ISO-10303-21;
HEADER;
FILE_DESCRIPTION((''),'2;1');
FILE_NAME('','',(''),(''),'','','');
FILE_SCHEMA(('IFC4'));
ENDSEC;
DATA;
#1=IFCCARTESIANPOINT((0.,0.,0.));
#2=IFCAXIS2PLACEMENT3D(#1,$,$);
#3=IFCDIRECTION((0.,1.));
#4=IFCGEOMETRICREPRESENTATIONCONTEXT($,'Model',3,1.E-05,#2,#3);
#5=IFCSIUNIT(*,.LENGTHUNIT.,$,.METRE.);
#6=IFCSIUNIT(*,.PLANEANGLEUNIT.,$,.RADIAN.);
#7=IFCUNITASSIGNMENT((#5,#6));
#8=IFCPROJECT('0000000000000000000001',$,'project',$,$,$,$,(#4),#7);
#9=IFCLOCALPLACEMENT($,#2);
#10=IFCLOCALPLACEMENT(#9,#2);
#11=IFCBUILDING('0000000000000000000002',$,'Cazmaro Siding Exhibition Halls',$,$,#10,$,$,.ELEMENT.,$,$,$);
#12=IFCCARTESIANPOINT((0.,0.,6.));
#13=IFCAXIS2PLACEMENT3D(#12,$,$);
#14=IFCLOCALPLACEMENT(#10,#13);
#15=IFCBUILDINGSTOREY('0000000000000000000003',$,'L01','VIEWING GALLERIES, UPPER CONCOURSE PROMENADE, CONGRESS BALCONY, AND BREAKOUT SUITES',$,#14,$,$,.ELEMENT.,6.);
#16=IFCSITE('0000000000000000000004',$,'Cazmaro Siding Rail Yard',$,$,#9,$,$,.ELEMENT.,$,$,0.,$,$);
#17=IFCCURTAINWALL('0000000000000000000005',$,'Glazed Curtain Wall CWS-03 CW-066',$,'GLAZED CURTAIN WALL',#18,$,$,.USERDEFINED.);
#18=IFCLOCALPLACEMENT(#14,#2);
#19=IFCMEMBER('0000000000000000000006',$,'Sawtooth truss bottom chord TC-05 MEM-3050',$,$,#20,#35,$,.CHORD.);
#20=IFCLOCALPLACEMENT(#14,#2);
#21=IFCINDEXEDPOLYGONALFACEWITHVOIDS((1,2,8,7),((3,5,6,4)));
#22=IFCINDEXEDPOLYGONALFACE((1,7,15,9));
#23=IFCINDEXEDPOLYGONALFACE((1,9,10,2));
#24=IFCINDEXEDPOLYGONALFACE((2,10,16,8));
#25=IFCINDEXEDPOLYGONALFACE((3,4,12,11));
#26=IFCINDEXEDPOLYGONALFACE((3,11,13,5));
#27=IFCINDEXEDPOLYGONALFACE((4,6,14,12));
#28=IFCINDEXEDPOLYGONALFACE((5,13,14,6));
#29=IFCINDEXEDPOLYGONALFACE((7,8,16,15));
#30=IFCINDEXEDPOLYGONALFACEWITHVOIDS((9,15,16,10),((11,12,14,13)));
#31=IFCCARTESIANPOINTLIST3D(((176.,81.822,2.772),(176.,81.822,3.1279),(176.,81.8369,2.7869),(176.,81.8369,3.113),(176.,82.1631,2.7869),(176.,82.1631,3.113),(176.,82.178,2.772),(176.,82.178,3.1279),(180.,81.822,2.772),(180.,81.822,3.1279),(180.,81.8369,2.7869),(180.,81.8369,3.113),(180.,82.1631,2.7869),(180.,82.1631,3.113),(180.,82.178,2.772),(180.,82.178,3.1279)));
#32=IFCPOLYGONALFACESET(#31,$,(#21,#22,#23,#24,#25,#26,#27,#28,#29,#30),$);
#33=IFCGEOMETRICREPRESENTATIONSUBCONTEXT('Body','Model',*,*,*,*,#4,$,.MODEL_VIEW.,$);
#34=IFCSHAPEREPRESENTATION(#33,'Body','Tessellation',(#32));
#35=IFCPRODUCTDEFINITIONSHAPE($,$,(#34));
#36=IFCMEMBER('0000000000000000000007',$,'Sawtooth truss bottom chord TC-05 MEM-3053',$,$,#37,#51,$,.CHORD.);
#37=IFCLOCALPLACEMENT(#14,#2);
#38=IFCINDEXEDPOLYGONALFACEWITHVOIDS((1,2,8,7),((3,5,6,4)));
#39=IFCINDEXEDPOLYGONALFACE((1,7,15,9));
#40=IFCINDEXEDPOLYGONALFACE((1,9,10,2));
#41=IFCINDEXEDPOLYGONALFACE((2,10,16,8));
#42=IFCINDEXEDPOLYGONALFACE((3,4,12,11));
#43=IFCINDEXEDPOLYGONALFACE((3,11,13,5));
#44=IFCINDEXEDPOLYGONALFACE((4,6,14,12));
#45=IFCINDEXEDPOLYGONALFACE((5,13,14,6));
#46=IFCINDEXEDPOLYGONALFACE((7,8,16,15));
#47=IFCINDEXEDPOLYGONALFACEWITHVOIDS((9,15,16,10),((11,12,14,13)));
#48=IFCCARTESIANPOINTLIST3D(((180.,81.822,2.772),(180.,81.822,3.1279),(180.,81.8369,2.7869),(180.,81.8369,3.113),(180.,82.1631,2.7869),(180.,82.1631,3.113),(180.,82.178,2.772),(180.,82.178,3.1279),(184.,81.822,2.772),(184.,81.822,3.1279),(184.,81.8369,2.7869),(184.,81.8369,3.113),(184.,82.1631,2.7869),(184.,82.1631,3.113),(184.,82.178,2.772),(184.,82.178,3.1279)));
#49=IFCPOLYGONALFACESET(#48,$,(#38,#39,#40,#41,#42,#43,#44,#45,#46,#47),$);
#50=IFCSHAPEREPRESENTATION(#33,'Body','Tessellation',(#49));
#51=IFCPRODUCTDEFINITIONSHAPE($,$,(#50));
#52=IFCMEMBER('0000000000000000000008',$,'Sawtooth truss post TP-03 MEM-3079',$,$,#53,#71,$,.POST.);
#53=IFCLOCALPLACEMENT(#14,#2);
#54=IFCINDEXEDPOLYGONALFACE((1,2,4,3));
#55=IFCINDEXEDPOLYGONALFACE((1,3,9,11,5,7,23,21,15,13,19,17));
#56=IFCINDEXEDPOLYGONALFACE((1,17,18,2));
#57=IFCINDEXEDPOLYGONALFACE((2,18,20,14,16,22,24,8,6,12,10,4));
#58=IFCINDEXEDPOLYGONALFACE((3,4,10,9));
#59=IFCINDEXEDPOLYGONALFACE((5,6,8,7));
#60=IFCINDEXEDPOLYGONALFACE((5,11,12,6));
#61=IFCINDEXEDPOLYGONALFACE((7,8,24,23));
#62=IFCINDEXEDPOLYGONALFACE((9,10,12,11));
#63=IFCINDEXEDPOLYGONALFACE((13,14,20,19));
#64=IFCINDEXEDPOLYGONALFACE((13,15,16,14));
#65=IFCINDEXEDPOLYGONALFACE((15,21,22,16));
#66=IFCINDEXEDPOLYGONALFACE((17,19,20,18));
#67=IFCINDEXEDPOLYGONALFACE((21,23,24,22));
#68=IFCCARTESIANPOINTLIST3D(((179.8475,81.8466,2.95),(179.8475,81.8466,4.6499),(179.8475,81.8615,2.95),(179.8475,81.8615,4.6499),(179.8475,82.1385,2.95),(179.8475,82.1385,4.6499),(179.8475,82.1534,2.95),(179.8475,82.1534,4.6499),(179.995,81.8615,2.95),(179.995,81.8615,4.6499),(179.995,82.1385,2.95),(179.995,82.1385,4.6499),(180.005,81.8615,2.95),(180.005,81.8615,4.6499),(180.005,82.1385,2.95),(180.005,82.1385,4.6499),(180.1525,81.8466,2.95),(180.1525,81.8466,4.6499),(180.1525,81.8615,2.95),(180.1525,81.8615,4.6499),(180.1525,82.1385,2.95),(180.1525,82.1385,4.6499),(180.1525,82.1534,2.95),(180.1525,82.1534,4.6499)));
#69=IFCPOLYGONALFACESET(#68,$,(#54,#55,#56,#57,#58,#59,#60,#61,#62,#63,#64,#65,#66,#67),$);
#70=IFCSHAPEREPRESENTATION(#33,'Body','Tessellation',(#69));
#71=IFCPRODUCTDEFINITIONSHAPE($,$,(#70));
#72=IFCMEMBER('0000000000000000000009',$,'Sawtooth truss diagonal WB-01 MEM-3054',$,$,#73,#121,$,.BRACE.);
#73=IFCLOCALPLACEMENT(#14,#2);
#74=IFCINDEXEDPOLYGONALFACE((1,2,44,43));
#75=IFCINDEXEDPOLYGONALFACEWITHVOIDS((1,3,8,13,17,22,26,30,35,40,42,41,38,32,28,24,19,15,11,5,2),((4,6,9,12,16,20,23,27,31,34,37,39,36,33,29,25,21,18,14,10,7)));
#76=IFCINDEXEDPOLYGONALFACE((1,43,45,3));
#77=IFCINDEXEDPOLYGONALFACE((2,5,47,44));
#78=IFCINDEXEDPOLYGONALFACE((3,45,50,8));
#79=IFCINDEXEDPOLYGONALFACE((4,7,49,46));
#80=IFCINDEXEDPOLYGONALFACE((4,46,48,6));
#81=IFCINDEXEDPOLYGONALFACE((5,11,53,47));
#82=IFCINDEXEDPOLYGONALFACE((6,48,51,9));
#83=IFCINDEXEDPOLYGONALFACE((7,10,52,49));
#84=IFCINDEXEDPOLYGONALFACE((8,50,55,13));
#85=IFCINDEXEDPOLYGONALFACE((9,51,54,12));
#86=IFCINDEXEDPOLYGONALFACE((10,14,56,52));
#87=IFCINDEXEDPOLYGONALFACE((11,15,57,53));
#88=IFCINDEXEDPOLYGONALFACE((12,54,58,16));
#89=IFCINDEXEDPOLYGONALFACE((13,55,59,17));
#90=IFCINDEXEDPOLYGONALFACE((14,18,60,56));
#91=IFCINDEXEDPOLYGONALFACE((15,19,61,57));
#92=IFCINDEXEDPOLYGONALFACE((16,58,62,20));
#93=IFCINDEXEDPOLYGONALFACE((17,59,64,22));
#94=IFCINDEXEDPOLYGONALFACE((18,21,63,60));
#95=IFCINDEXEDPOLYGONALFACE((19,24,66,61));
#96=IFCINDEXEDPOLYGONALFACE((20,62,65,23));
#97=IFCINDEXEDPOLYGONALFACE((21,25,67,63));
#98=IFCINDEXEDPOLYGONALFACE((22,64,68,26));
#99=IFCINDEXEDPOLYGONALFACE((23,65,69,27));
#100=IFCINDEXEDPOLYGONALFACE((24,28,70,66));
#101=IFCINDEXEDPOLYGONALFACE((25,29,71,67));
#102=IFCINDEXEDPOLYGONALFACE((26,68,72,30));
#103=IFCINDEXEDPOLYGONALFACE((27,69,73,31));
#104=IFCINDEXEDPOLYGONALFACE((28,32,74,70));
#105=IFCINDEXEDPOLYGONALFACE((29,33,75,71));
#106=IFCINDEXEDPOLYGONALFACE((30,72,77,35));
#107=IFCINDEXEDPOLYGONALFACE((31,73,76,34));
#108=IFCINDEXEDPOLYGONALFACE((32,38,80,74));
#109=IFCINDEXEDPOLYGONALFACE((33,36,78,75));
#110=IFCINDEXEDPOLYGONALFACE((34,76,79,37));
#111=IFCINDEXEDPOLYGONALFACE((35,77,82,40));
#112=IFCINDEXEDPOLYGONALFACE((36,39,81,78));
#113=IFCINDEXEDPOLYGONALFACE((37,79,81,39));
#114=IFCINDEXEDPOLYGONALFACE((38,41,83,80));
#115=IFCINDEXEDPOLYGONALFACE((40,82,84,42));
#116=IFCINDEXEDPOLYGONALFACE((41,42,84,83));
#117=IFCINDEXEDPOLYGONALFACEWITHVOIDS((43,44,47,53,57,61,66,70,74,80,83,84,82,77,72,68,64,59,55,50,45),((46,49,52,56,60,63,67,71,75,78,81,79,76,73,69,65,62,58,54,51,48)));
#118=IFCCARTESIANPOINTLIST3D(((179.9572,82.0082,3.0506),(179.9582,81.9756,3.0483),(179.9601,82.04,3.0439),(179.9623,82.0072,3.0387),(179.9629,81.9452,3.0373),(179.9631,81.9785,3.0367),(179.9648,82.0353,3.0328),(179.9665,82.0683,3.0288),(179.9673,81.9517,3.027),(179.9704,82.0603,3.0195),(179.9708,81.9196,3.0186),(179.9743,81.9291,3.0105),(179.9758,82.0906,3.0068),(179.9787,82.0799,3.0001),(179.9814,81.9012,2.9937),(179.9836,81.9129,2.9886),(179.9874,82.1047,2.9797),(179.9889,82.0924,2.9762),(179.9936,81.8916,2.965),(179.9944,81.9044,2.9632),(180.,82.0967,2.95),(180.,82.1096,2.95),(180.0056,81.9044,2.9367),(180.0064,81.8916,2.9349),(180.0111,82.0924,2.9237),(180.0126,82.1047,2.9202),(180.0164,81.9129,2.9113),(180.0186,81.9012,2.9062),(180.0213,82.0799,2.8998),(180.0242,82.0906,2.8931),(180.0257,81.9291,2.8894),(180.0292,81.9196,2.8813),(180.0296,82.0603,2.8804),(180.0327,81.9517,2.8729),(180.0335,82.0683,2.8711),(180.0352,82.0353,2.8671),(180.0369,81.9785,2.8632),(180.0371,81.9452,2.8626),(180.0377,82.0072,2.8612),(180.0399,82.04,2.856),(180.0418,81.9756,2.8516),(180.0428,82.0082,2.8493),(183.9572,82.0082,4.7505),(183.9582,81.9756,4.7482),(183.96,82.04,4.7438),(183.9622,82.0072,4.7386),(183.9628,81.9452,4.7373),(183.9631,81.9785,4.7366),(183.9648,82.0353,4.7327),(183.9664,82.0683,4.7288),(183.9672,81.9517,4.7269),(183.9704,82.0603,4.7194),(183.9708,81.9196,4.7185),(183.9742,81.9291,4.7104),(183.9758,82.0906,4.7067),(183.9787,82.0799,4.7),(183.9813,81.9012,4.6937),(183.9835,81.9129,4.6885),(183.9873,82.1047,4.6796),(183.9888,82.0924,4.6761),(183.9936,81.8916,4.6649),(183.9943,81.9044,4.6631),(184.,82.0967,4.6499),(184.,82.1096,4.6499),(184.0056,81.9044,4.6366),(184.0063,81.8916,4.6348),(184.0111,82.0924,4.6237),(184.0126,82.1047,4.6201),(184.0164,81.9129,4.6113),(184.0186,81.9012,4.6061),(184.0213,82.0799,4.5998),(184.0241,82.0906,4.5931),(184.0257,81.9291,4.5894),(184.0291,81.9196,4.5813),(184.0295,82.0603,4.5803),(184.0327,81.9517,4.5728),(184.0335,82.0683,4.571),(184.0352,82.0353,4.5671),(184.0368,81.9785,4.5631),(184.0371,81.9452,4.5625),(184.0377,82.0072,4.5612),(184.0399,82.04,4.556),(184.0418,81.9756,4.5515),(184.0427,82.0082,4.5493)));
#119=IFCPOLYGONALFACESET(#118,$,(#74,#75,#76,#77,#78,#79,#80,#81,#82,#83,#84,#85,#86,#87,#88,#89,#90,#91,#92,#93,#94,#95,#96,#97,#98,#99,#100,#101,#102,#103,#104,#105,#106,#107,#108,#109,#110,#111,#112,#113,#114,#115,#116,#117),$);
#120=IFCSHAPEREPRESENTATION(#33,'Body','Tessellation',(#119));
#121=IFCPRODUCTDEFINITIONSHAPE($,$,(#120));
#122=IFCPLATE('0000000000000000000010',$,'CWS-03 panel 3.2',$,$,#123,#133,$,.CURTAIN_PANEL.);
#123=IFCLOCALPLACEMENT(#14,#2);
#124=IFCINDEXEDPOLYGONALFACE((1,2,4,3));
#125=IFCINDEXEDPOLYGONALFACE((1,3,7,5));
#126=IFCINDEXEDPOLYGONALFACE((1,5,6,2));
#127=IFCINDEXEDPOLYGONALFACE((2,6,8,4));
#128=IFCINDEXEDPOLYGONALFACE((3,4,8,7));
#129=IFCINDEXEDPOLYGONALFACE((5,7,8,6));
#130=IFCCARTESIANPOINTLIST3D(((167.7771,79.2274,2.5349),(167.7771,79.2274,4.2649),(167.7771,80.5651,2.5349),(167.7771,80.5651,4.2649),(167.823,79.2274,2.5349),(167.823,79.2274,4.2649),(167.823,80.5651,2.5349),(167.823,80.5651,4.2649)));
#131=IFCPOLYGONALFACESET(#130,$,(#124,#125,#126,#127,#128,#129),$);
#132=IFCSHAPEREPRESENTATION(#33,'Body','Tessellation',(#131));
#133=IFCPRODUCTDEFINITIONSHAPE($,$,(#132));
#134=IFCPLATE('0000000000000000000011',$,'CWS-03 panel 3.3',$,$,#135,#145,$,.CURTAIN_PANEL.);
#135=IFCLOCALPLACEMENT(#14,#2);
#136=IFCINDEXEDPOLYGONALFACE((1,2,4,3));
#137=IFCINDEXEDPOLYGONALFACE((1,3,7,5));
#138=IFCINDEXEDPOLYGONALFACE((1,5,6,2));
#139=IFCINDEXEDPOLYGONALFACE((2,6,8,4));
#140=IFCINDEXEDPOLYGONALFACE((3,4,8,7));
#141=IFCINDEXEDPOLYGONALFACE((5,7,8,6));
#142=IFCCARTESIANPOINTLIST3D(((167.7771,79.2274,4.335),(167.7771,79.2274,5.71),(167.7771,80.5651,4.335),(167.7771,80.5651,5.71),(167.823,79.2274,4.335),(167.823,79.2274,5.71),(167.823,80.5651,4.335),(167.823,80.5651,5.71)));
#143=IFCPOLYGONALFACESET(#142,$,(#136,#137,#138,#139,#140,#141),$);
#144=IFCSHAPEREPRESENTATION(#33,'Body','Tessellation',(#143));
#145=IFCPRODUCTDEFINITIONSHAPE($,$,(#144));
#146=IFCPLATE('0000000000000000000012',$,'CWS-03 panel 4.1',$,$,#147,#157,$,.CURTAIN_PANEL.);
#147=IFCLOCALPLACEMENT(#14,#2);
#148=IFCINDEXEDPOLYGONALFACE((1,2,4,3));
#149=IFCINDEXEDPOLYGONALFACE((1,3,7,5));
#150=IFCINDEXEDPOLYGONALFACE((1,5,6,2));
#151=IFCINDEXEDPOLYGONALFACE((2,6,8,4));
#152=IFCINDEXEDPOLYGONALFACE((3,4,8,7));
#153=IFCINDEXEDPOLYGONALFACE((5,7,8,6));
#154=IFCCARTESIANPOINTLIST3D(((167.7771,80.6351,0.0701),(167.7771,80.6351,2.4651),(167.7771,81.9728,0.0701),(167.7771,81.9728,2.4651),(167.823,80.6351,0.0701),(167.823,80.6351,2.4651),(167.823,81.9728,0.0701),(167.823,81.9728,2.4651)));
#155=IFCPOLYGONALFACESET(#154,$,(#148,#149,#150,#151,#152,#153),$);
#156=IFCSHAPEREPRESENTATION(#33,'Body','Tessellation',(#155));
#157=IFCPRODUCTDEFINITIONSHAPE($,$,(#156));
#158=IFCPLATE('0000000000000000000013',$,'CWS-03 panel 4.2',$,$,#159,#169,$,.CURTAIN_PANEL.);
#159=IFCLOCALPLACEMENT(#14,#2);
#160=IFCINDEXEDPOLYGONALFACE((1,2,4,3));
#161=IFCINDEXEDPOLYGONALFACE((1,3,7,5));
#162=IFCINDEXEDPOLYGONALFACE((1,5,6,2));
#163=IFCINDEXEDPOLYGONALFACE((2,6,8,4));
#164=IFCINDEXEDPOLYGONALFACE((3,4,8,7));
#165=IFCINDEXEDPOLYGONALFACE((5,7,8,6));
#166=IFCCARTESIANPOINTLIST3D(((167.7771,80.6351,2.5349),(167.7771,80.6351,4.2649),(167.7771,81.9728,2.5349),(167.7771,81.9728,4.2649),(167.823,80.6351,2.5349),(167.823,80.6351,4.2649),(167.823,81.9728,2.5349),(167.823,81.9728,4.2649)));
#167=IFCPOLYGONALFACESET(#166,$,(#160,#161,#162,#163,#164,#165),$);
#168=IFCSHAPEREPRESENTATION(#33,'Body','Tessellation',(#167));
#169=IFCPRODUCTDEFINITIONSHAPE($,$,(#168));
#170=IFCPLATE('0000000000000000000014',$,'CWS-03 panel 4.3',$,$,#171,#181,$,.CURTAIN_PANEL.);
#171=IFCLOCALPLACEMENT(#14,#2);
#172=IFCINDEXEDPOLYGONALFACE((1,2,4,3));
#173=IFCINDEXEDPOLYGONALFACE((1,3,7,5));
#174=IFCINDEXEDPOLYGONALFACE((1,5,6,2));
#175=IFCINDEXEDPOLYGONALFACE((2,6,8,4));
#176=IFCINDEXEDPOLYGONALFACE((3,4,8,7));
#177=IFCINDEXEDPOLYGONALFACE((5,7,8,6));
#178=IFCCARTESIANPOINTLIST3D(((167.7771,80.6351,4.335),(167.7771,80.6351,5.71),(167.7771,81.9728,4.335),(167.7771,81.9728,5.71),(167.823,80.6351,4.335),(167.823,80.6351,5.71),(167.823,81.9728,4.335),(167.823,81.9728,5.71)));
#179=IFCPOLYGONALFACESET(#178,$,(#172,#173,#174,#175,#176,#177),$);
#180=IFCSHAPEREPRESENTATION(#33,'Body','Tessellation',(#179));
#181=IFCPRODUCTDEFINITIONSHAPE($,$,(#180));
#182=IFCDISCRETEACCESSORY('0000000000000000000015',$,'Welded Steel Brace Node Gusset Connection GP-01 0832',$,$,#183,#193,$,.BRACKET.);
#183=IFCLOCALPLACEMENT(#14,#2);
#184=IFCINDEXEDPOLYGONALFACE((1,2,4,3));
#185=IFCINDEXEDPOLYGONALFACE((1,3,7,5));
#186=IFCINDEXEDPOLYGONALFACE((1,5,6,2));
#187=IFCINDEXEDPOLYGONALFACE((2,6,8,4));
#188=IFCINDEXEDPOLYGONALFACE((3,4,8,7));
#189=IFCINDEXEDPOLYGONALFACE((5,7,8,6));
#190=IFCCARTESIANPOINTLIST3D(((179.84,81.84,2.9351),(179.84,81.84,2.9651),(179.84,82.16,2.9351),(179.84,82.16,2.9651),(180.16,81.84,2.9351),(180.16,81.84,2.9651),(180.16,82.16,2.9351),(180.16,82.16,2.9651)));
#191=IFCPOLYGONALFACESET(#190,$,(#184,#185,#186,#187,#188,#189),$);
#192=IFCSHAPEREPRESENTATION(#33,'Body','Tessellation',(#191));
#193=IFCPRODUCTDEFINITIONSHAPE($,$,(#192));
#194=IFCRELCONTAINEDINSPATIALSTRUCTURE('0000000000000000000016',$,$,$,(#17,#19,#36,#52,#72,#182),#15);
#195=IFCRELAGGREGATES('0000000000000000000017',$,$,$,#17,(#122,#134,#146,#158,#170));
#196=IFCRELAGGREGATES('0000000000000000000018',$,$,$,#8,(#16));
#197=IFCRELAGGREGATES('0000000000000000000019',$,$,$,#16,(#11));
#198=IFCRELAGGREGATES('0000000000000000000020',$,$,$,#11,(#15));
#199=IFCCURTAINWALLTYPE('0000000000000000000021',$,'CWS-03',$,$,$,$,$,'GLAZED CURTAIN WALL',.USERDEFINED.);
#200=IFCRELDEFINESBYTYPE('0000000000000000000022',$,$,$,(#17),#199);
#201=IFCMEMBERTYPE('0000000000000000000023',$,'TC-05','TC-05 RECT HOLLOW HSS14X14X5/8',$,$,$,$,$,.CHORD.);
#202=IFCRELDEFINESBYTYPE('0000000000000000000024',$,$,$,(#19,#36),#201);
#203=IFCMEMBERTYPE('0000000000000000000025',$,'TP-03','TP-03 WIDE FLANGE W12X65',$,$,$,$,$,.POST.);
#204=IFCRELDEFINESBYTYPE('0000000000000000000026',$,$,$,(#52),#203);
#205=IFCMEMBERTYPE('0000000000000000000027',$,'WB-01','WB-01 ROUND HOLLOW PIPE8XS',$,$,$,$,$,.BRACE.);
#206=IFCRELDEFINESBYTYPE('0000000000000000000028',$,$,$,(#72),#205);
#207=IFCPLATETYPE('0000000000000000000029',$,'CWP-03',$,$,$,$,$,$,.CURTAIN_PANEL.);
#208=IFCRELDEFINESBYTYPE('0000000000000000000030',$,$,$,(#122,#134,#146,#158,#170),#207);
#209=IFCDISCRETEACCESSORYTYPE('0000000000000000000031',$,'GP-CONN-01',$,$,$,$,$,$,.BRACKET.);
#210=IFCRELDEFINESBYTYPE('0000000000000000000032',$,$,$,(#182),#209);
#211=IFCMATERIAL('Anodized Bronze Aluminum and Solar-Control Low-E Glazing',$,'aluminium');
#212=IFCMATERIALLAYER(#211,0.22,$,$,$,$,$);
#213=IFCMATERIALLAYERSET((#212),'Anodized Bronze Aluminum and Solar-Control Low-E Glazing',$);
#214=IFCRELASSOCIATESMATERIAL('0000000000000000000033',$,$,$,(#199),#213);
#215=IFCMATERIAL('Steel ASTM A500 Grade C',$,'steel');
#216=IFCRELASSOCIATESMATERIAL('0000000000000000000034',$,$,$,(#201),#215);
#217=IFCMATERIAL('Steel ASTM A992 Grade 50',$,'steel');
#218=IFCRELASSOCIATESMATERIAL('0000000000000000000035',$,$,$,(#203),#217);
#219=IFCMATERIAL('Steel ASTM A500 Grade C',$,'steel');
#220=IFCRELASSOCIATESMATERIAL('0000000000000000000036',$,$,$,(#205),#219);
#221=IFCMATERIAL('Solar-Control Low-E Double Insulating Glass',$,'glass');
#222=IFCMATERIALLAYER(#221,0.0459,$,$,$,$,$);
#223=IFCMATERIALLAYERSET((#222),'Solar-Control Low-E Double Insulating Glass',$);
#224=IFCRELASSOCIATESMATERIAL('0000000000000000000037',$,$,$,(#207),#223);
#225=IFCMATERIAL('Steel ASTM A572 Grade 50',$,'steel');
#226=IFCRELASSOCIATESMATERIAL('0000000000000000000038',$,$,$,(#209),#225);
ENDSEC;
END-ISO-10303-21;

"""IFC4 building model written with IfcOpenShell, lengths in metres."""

from ifc_helpers import new_model, si_unit, direction, frame, origin, origin_2d, place, context, subcontext, project, spatial, rectangle, hollow_rectangle, hollow_circle, i_section, extrude, material, layer, layer_set, material_profile, profile_set, type_object, element, aggregate, save


model = new_model("IFC4")

# Units and contexts
model_context = context("Model", 3, precision=1e-05, world=origin(), true_north=direction((0.0, 1.0)))
body_context = subcontext(model_context, "Body", "Model", "MODEL_VIEW")
ifc_project = project(units=[si_unit("LENGTHUNIT", "METRE"), si_unit("PLANEANGLEUNIT", "RADIAN")], contexts=[model_context])

# Site, building, storey
site_placement = place(None, origin())
site = spatial("IfcSite", under=ifc_project, at=site_placement, Name="Cazmaro Siding Rail Yard", CompositionType="ELEMENT", RefElevation=0.0)
building_placement = place(site_placement, origin())
building = spatial("IfcBuilding", under=site, at=building_placement, Name="Cazmaro Siding Exhibition Halls", CompositionType="ELEMENT")
storey_placement = place(building_placement, frame((0.0, 0.0, 6.0)))
storey = spatial("IfcBuildingStorey", under=building, at=storey_placement, Name="L01", Description="VIEWING GALLERIES, UPPER CONCOURSE PROMENADE, CONGRESS BALCONY, AND BREAKOUT SUITES", CompositionType="ELEMENT", Elevation=6.0)

# Curtain wall
ifc_material_1 = material(Name="Anodized Bronze Aluminum and Solar-Control Low-E Glazing", Category="aluminium")
ifc_layer_1 = layer(ifc_material_1, 0.22)
ifc_layer_set_1 = layer_set([ifc_layer_1], Name="Anodized Bronze Aluminum and Solar-Control Low-E Glazing")
curtain_wall_type = type_object("IfcCurtainWallType", Name="CWS-03", ElementType="GLAZED CURTAIN WALL", PredefinedType="USERDEFINED", material=ifc_layer_set_1)
curtain_wall_placement = place(storey_placement, origin())
curtain_wall = element("IfcCurtainWall", 1, at=curtain_wall_placement, inside=storey, type_object=curtain_wall_type, Name="Glazed Curtain Wall CWS-03 CW-066", ObjectType="GLAZED CURTAIN WALL", PredefinedType="USERDEFINED")

# Members
ifc_material_2 = material(Name="Steel ASTM A500 Grade C", Category="steel")
ifc_material_profile_1 = material_profile(ifc_material_2, hollow_rectangle(XDim=0.356, YDim=0.356, WallThickness=0.0149, at=origin_2d()), Name="HSS14X14X5/8")
ifc_profile_set_1 = profile_set([ifc_material_profile_1], Name="Steel ASTM A500 Grade C")
member_type_1 = type_object("IfcMemberType", Name="TC-05", Description="TC-05 RECT HOLLOW HSS14X14X5/8", PredefinedType="CHORD", material=ifc_profile_set_1)
for number, where, z_axis, x_axis, name in (
    (2, (176.0, 82.0, 2.95), (1.0, 0.0, 0.0), (0.0, 1.0, 0.0), "Sawtooth truss bottom chord TC-05 MEM-3050"),
    (3, (180.0, 82.0, 2.95), (1.0, 0.0, 0.0), (0.0, 1.0, 0.0), "Sawtooth truss bottom chord TC-05 MEM-3053"),
):
    element("IfcMember", number, at=place(storey_placement, frame(where, z_axis=z_axis, x_axis=x_axis)), inside=storey, type_object=member_type_1, Name=name, PredefinedType="CHORD", context=body_context, shape_type="SweptSolid", body=[
        extrude(hollow_rectangle(XDim=0.356, YDim=0.356, WallThickness=0.0149, at=origin_2d()), origin(), (0.0, 0.0, 1.0), 4.0),
    ])
ifc_material_3 = material(Name="Steel ASTM A992 Grade 50", Category="steel")
ifc_material_profile_2 = material_profile(ifc_material_3, i_section(OverallWidth=0.3049, OverallDepth=0.3069, WebThickness=0.01, FlangeThickness=0.0149, at=origin_2d()), Name="W12X65")
ifc_profile_set_2 = profile_set([ifc_material_profile_2], Name="Steel ASTM A992 Grade 50")
member_type_2 = type_object("IfcMemberType", Name="TP-03", Description="TP-03 WIDE FLANGE W12X65", PredefinedType="POST", material=ifc_profile_set_2)
member_1_placement = place(storey_placement, frame((180.0, 82.0, 2.95), z_axis=(0.0, 0.0, 1.0), x_axis=(1.0, 0.0, 0.0)))
element("IfcMember", 4, at=member_1_placement, inside=storey, type_object=member_type_2, Name="Sawtooth truss post TP-03 MEM-3079", PredefinedType="POST", context=body_context, shape_type="SweptSolid", body=[
    extrude(i_section(OverallWidth=0.3049, OverallDepth=0.3069, WebThickness=0.01, FlangeThickness=0.0149, at=origin_2d()), origin(), (0.0, 0.0, 1.0), 1.7),
])
ifc_material_4 = material(Name="Steel ASTM A500 Grade C", Category="steel")
ifc_material_profile_3 = material_profile(ifc_material_4, hollow_circle(Radius=0.1096, WallThickness=0.0129, at=origin_2d()), Name="PIPE8XS")
ifc_profile_set_3 = profile_set([ifc_material_profile_3], Name="Steel ASTM A500 Grade C")
member_type_3 = type_object("IfcMemberType", Name="WB-01", Description="WB-01 ROUND HOLLOW PIPE8XS", PredefinedType="BRACE", material=ifc_profile_set_3)
member_2_placement = place(storey_placement, frame((180.0, 82.0, 2.95), z_axis=(0.920335, 0.0, 0.391131), x_axis=(0.0, 1.0, 0.0)))
element("IfcMember", 5, at=member_2_placement, inside=storey, type_object=member_type_3, Name="Sawtooth truss diagonal WB-01 MEM-3054", PredefinedType="BRACE", context=body_context, shape_type="SweptSolid", body=[
    extrude(hollow_circle(Radius=0.1096, WallThickness=0.0129, at=origin_2d()), origin(), (0.0, 0.0, 1.0), 4.3462),
])

# Plates
ifc_material_5 = material(Name="Solar-Control Low-E Double Insulating Glass", Category="glass")
ifc_layer_2 = layer(ifc_material_5, 0.0459)
ifc_layer_set_2 = layer_set([ifc_layer_2], Name="Solar-Control Low-E Double Insulating Glass")
plate_type = type_object("IfcPlateType", Name="CWP-03", PredefinedType="CURTAIN_PANEL", material=ifc_layer_set_2)
plate_1_placement = place(storey_placement, frame((167.8, 79.8962, 2.5349), z_axis=(0.0, 0.0, 1.0), x_axis=(0.0, 1.0, 0.0)))
plate_1 = element("IfcPlate", 6, at=plate_1_placement, type_object=plate_type, Name="CWS-03 panel 3.2", PredefinedType="CURTAIN_PANEL", context=body_context, shape_type="SweptSolid", body=[
    extrude(rectangle(XDim=1.3376, YDim=0.0459, at=origin_2d()), origin(), (0.0, 0.0, 1.0), 1.73),
])
plate_2_placement = place(storey_placement, frame((167.8, 79.8962, 4.335), z_axis=(0.0, 0.0, 1.0), x_axis=(0.0, 1.0, 0.0)))
plate_2 = element("IfcPlate", 7, at=plate_2_placement, type_object=plate_type, Name="CWS-03 panel 3.3", PredefinedType="CURTAIN_PANEL", context=body_context, shape_type="SweptSolid", body=[
    extrude(rectangle(XDim=1.3376, YDim=0.0459, at=origin_2d()), origin(), (0.0, 0.0, 1.0), 1.375),
])
plate_3_placement = place(storey_placement, frame((167.8, 81.304, 0.0701), z_axis=(0.0, 0.0, 1.0), x_axis=(0.0, 1.0, 0.0)))
plate_3 = element("IfcPlate", 8, at=plate_3_placement, type_object=plate_type, Name="CWS-03 panel 4.1", PredefinedType="CURTAIN_PANEL", context=body_context, shape_type="SweptSolid", body=[
    extrude(rectangle(XDim=1.3376, YDim=0.0459, at=origin_2d()), origin(), (0.0, 0.0, 1.0), 2.395),
])
plate_4_placement = place(storey_placement, frame((167.8, 81.304, 2.5349), z_axis=(0.0, 0.0, 1.0), x_axis=(0.0, 1.0, 0.0)))
plate_4 = element("IfcPlate", 9, at=plate_4_placement, type_object=plate_type, Name="CWS-03 panel 4.2", PredefinedType="CURTAIN_PANEL", context=body_context, shape_type="SweptSolid", body=[
    extrude(rectangle(XDim=1.3376, YDim=0.0459, at=origin_2d()), origin(), (0.0, 0.0, 1.0), 1.73),
])
plate_5_placement = place(storey_placement, frame((167.8, 81.304, 4.335), z_axis=(0.0, 0.0, 1.0), x_axis=(0.0, 1.0, 0.0)))
plate_5 = element("IfcPlate", 10, at=plate_5_placement, type_object=plate_type, Name="CWS-03 panel 4.3", PredefinedType="CURTAIN_PANEL", context=body_context, shape_type="SweptSolid", body=[
    extrude(rectangle(XDim=1.3376, YDim=0.0459, at=origin_2d()), origin(), (0.0, 0.0, 1.0), 1.375),
])
aggregate(curtain_wall, [plate_1, plate_2, plate_3, plate_4, plate_5])

# Discrete accessory
ifc_material_6 = material(Name="Steel ASTM A572 Grade 50", Category="steel")
discrete_accessory_type = type_object("IfcDiscreteAccessoryType", Name="GP-CONN-01", PredefinedType="BRACKET", material=ifc_material_6)
discrete_accessory_placement = place(storey_placement, frame((180.0, 82.0, 2.9351), z_axis=(0.0, 0.0, 1.0), x_axis=(1.0, 0.0, 0.0)))
element("IfcDiscreteAccessory", 11, at=discrete_accessory_placement, inside=storey, type_object=discrete_accessory_type, Name="Welded Steel Brace Node Gusset Connection GP-01 0832", PredefinedType="BRACKET", context=body_context, shape_type="SweptSolid", body=[
    extrude(rectangle(XDim=0.3201, YDim=0.3201, at=origin_2d()), origin(), (0.0, 0.0, 1.0), 0.03),
])

save(model, "model.ifc")
